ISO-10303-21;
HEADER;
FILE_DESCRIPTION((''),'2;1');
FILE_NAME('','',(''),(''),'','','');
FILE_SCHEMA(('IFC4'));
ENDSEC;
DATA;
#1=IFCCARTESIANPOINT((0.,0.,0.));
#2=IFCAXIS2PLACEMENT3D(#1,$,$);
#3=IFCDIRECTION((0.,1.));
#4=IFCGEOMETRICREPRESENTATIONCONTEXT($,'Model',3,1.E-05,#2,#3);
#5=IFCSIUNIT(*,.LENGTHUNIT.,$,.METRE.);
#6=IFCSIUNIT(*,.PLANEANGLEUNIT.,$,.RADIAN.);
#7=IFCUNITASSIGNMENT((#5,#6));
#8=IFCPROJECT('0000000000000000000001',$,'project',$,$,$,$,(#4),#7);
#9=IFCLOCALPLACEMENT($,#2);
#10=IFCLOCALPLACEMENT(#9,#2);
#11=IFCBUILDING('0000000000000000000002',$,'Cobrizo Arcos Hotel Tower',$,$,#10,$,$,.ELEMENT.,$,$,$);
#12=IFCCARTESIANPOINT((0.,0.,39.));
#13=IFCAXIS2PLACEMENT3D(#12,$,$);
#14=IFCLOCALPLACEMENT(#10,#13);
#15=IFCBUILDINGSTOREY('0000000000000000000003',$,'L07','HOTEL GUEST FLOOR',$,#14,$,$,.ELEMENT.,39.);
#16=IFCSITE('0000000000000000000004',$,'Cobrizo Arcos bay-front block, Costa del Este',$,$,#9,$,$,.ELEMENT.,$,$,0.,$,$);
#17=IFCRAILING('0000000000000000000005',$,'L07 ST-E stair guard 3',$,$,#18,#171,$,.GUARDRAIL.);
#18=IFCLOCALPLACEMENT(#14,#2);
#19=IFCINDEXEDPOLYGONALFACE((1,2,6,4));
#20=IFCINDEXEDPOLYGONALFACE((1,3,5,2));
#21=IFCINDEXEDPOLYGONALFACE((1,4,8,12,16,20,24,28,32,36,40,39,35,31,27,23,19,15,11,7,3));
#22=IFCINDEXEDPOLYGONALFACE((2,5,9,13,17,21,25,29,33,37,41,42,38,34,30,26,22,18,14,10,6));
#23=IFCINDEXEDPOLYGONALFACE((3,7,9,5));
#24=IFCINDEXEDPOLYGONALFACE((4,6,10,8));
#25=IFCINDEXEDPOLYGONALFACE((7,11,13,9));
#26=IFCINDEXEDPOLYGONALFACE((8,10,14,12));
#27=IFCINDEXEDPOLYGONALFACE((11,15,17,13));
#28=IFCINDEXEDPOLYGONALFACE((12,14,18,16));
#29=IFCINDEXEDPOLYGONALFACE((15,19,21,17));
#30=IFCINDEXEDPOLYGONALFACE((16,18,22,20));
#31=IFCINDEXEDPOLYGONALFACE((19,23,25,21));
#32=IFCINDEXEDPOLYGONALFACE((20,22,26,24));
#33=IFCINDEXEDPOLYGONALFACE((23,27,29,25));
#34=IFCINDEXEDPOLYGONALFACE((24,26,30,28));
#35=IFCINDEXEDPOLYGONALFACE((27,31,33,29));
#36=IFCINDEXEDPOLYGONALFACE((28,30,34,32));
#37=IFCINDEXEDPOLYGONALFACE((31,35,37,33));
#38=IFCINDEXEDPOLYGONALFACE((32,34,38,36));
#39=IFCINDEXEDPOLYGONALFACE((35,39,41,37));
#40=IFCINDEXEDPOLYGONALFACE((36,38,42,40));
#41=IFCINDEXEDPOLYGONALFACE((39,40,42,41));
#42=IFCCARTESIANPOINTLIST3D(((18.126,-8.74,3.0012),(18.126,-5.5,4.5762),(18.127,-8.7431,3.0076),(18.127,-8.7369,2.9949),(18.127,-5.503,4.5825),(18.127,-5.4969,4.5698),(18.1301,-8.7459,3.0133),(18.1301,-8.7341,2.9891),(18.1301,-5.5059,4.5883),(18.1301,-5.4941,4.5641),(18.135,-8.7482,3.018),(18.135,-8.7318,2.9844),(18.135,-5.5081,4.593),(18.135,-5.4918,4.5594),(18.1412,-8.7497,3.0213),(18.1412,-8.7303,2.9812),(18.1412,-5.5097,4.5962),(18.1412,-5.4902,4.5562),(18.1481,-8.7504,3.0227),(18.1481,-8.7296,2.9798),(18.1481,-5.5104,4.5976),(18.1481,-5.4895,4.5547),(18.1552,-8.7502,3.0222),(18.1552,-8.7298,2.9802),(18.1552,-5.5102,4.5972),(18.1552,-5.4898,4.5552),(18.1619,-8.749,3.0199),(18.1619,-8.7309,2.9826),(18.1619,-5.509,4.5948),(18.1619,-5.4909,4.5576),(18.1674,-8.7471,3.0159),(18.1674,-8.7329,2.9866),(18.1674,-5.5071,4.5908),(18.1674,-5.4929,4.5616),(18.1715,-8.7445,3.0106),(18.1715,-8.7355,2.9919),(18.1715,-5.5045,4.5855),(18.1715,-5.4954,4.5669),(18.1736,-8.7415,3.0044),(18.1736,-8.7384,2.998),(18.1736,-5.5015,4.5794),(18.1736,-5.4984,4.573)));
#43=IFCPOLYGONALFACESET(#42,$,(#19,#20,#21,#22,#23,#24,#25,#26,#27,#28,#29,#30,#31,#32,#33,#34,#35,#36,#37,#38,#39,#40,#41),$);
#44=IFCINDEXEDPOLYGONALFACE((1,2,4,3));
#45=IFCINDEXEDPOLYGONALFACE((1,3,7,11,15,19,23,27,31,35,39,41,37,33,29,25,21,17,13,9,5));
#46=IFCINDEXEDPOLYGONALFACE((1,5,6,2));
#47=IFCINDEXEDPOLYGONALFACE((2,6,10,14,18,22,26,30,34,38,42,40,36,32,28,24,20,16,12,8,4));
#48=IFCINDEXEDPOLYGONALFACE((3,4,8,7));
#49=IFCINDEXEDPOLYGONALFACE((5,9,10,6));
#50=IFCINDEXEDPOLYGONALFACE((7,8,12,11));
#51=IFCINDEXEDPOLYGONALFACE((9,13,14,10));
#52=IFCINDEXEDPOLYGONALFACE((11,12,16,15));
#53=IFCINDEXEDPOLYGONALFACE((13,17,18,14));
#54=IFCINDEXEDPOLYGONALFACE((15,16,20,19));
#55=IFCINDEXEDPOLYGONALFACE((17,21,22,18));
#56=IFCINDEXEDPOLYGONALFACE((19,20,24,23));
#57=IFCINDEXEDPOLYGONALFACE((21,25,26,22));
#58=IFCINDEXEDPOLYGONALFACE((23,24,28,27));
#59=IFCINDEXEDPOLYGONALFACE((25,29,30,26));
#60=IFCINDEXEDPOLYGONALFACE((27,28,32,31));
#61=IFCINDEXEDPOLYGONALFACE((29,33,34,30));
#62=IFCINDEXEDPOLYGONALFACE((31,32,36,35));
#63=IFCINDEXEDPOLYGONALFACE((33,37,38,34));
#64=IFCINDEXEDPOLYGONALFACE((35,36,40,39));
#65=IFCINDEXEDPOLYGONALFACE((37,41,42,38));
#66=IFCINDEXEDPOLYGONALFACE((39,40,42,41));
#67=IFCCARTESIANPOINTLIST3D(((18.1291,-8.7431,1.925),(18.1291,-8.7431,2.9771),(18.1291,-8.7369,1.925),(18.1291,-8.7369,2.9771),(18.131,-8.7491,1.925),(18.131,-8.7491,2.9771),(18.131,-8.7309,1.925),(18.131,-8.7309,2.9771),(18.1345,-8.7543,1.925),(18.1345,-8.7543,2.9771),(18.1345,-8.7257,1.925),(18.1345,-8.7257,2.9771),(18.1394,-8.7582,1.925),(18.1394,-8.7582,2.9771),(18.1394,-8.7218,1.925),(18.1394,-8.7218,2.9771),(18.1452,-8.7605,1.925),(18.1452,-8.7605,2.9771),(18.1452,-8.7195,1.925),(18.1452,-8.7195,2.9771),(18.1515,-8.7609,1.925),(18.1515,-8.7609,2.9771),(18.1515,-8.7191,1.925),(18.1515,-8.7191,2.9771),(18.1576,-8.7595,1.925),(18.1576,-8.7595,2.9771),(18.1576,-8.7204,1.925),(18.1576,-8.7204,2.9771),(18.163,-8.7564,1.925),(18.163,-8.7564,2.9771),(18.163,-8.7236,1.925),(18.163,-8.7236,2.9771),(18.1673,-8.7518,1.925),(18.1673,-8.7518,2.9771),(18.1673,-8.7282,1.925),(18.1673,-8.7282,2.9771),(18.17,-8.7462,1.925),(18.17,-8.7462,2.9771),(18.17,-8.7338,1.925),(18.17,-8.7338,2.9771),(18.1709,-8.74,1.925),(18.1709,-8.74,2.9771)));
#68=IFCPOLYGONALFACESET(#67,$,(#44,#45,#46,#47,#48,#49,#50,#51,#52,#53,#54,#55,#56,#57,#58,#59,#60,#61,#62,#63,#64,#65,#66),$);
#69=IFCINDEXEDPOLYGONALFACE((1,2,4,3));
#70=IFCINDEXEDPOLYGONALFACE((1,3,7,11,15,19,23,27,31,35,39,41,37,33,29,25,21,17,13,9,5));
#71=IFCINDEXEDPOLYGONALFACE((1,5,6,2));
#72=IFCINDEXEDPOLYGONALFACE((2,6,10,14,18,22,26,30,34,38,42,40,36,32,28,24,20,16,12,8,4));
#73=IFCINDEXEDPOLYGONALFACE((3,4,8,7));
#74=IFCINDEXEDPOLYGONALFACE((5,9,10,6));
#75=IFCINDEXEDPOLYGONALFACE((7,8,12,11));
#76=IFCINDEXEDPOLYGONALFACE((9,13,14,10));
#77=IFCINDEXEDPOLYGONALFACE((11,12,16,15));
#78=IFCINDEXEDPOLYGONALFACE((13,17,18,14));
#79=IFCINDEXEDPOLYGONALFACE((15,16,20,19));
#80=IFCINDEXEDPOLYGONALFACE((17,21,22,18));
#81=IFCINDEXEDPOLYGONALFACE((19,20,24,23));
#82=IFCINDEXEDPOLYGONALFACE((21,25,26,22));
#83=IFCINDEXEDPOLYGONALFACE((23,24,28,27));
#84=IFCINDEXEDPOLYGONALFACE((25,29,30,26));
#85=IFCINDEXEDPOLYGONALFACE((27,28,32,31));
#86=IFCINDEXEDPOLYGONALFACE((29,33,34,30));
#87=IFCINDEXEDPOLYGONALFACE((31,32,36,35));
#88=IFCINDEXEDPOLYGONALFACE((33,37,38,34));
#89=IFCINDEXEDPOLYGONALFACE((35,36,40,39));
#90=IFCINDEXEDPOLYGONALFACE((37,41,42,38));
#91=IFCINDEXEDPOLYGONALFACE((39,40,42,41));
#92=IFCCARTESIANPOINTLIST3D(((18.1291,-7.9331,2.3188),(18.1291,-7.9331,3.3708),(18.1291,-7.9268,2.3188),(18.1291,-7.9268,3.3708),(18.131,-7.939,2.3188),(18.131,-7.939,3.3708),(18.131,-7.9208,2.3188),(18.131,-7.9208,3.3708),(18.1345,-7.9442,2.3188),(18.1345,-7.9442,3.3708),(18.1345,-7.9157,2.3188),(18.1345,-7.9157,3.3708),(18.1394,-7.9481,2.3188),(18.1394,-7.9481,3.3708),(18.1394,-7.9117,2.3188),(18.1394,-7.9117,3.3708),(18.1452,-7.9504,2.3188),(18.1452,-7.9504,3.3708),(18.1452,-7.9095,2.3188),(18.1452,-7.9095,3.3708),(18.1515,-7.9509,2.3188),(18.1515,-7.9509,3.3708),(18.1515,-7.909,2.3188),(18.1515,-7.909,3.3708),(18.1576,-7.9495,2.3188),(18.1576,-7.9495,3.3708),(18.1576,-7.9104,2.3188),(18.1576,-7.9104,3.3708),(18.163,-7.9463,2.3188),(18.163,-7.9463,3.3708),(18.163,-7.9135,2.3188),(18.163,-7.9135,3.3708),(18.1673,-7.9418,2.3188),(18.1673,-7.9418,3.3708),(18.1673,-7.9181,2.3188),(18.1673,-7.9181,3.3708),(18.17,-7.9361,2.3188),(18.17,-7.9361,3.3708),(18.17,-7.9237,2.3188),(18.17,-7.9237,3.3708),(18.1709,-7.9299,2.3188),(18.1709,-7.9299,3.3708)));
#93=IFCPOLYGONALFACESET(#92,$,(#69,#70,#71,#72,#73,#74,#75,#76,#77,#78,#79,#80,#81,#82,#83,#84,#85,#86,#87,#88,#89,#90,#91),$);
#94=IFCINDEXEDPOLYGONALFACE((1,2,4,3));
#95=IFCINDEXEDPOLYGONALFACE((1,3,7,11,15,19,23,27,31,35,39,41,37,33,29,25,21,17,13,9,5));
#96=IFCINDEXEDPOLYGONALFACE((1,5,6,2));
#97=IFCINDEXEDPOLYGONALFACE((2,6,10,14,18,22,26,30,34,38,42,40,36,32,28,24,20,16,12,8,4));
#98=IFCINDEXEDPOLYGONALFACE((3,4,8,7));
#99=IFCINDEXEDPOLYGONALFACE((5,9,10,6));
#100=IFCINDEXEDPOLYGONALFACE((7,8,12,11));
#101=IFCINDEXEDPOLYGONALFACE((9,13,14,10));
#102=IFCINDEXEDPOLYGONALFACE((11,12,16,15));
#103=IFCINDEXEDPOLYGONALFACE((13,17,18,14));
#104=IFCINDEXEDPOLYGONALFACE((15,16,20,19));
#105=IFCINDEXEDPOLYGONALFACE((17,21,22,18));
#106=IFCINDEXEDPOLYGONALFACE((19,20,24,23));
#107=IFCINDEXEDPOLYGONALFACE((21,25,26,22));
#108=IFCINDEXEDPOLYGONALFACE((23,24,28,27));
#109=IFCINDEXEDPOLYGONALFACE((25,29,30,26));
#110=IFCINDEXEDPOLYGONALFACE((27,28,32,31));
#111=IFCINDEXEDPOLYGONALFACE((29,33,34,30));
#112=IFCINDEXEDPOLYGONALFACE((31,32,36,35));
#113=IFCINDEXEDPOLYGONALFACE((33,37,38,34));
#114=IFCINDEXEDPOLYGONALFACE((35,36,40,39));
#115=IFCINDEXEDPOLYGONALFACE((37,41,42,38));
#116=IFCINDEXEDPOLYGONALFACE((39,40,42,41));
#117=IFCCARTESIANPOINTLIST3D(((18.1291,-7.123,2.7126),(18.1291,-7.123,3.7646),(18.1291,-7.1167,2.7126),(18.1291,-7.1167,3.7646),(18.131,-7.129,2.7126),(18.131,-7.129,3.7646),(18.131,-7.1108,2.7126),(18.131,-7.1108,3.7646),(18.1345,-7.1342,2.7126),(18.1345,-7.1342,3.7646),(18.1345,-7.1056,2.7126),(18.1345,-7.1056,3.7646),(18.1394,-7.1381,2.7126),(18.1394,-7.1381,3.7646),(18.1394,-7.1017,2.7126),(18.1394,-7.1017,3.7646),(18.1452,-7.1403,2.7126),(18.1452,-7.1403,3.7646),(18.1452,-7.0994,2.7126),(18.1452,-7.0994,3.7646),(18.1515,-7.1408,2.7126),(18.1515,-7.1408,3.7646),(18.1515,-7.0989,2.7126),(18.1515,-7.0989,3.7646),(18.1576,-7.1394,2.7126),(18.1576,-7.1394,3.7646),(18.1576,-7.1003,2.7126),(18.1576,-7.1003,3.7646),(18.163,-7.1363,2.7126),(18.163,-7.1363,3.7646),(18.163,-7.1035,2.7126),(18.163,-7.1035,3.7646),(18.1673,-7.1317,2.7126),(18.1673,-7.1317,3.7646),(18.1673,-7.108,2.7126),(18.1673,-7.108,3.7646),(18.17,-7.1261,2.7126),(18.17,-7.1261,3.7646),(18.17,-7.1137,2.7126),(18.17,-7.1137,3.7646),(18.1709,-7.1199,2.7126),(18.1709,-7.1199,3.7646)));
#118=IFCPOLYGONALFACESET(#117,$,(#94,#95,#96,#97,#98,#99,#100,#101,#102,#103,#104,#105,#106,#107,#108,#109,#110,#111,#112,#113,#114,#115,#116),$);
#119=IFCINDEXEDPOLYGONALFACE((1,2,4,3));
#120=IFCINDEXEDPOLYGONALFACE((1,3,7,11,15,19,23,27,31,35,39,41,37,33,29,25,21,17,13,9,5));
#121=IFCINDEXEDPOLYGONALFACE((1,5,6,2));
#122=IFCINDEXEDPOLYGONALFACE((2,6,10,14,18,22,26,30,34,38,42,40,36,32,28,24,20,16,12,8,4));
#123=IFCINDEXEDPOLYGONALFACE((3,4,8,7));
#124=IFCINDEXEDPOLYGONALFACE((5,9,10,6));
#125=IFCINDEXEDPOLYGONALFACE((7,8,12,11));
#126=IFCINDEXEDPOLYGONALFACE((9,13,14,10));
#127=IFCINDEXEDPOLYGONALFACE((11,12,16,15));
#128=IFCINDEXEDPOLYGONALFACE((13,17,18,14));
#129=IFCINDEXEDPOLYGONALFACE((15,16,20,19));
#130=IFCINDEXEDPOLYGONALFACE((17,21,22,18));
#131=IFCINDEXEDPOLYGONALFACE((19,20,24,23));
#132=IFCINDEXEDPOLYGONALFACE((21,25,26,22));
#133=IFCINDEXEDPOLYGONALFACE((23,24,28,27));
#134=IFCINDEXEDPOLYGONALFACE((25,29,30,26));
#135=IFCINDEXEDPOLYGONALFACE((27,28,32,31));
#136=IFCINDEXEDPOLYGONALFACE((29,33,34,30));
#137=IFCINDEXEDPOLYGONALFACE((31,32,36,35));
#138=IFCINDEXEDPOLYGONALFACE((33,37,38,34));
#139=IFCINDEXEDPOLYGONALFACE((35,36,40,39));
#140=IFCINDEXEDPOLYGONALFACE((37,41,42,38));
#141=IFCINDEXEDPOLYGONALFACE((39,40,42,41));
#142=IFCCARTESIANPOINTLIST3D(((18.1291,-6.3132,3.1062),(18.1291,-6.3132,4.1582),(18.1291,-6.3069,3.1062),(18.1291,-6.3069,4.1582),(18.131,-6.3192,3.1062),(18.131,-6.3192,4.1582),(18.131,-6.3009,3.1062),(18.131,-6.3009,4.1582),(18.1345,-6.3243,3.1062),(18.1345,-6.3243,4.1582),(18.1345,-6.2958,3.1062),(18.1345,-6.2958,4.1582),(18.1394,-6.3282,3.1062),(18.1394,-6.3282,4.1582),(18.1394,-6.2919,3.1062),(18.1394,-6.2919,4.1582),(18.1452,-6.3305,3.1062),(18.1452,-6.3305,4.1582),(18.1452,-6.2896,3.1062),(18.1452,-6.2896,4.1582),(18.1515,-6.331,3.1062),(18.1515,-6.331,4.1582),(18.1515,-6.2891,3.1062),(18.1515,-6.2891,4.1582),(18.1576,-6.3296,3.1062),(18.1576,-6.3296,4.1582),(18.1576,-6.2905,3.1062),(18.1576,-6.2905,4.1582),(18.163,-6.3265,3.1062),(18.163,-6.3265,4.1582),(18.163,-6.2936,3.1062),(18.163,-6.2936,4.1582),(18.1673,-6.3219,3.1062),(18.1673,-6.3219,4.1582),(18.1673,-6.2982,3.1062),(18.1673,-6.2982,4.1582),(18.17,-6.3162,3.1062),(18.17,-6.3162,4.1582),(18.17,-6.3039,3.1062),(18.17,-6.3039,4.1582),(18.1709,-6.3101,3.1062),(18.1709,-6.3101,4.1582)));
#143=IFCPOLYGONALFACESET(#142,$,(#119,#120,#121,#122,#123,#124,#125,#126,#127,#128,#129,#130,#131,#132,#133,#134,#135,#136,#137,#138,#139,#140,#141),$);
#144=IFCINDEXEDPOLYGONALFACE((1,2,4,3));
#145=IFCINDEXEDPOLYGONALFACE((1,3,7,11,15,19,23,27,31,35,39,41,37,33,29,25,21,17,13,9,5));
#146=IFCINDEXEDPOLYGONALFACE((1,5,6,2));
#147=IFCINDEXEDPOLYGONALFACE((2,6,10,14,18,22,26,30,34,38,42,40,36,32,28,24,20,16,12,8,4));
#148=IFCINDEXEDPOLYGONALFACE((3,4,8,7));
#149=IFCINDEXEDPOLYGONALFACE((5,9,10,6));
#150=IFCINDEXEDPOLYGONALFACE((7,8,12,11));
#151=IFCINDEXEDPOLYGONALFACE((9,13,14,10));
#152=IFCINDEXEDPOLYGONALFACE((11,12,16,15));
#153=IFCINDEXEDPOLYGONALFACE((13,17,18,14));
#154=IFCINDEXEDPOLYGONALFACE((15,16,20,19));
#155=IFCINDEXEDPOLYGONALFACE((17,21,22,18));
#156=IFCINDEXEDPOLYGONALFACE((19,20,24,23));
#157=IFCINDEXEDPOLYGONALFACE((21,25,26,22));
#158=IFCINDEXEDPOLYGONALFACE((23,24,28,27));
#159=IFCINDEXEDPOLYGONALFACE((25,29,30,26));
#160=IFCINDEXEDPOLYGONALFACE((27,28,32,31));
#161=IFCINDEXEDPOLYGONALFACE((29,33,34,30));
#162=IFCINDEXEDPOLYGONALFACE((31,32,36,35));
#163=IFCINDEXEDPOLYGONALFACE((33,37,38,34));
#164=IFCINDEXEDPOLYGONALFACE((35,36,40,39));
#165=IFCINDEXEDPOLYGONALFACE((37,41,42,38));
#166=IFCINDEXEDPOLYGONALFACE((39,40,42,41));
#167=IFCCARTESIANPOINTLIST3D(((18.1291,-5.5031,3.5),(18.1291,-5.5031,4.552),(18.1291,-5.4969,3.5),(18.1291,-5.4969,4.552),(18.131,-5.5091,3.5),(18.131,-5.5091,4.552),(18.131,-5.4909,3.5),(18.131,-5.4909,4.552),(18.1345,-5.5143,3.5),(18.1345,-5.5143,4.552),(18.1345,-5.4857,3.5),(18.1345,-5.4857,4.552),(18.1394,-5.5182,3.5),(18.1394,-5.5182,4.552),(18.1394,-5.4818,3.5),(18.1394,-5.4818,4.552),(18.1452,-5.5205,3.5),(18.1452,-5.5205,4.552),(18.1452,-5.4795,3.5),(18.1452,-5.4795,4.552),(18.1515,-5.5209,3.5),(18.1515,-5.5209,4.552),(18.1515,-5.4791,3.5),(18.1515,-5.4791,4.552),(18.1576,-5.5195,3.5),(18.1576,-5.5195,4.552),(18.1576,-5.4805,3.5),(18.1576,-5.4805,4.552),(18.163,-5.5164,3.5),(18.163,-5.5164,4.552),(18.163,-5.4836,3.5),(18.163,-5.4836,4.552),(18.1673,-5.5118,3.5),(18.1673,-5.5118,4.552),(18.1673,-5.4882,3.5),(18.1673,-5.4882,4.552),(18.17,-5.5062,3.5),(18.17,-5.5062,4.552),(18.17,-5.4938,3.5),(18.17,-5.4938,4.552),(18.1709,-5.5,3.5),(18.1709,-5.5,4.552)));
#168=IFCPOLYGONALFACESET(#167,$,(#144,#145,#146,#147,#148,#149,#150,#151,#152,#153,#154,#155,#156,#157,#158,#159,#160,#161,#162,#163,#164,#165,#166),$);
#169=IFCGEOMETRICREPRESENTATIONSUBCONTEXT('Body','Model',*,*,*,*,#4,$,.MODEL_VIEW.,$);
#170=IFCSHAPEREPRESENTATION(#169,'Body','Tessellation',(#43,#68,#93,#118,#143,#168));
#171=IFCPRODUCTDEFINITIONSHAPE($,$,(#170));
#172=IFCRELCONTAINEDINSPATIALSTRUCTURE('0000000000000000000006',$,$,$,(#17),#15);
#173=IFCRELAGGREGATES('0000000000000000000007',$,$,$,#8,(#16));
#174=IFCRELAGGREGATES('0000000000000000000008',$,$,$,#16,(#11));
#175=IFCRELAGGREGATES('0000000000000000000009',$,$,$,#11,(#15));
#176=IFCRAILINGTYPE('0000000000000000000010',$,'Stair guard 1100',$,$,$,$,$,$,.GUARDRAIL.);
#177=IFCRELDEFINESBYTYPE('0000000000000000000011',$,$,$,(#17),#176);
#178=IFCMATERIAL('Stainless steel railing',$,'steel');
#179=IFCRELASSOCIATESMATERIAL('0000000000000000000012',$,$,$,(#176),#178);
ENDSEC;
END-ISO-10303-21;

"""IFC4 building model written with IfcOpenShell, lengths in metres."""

from ifc_helpers import new_model, si_unit, direction, frame, origin, origin_2d, place, context, subcontext, project, spatial, circle, extrude, material, type_object, element, save


model = new_model("IFC4")

# Units and contexts
model_context = context("Model", 3, precision=1e-05, world=origin(), true_north=direction((0.0, 1.0)))
body_context = subcontext(model_context, "Body", "Model", "MODEL_VIEW")
ifc_project = project(units=[si_unit("LENGTHUNIT", "METRE"), si_unit("PLANEANGLEUNIT", "RADIAN")], contexts=[model_context])

# Site, building, storey
site_placement = place(None, origin())
site = spatial("IfcSite", under=ifc_project, at=site_placement, Name="Cobrizo Arcos bay-front block, Costa del Este", CompositionType="ELEMENT", RefElevation=0.0)
building_placement = place(site_placement, origin())
building = spatial("IfcBuilding", under=site, at=building_placement, Name="Cobrizo Arcos Hotel Tower", CompositionType="ELEMENT")
storey_placement = place(building_placement, frame((0.0, 0.0, 39.0)))
storey = spatial("IfcBuildingStorey", under=building, at=storey_placement, Name="L07", Description="HOTEL GUEST FLOOR", CompositionType="ELEMENT", Elevation=39.0)

# Railing
ifc_material_1 = material(Name="Stainless steel railing", Category="steel")
railing_type_1 = type_object("IfcRailingType", Name="Stair guard 1100", PredefinedType="GUARDRAIL", material=ifc_material_1)
railing_1_placement = place(storey_placement, frame((18.1499, -8.74, 1.925)))
element("IfcRailing", 1, at=railing_1_placement, inside=storey, type_object=railing_type_1, Name="L07 ST-E stair guard 3", PredefinedType="GUARDRAIL", context=body_context, shape_type="SweptSolid", body=[
    extrude(circle(Radius=0.0239, at=origin_2d()), frame((0.0, 0.0, 1.0762), z_axis=(0.0, 0.899373, 0.437183), x_axis=(-1.0, 0.0, 0.0)), (0.0, 0.0, 1.0), 3.6025),
    extrude(circle(Radius=0.021, at=origin_2d()), origin(), (0.0, 0.0, 1.0), 1.052),
    extrude(circle(Radius=0.021, at=origin_2d()), frame((0.0, 0.8101, 0.3938)), (0.0, 0.0, 1.0), 1.052),
    extrude(circle(Radius=0.021, at=origin_2d()), frame((0.0, 1.6201, 0.7876)), (0.0, 0.0, 1.0), 1.052),
    extrude(circle(Radius=0.021, at=origin_2d()), frame((0.0, 2.4299, 1.1812)), (0.0, 0.0, 1.0), 1.052),
    extrude(circle(Radius=0.021, at=origin_2d()), frame((0.0, 3.24, 1.575)), (0.0, 0.0, 1.0), 1.052),
])

save(model, "model.ifc")
